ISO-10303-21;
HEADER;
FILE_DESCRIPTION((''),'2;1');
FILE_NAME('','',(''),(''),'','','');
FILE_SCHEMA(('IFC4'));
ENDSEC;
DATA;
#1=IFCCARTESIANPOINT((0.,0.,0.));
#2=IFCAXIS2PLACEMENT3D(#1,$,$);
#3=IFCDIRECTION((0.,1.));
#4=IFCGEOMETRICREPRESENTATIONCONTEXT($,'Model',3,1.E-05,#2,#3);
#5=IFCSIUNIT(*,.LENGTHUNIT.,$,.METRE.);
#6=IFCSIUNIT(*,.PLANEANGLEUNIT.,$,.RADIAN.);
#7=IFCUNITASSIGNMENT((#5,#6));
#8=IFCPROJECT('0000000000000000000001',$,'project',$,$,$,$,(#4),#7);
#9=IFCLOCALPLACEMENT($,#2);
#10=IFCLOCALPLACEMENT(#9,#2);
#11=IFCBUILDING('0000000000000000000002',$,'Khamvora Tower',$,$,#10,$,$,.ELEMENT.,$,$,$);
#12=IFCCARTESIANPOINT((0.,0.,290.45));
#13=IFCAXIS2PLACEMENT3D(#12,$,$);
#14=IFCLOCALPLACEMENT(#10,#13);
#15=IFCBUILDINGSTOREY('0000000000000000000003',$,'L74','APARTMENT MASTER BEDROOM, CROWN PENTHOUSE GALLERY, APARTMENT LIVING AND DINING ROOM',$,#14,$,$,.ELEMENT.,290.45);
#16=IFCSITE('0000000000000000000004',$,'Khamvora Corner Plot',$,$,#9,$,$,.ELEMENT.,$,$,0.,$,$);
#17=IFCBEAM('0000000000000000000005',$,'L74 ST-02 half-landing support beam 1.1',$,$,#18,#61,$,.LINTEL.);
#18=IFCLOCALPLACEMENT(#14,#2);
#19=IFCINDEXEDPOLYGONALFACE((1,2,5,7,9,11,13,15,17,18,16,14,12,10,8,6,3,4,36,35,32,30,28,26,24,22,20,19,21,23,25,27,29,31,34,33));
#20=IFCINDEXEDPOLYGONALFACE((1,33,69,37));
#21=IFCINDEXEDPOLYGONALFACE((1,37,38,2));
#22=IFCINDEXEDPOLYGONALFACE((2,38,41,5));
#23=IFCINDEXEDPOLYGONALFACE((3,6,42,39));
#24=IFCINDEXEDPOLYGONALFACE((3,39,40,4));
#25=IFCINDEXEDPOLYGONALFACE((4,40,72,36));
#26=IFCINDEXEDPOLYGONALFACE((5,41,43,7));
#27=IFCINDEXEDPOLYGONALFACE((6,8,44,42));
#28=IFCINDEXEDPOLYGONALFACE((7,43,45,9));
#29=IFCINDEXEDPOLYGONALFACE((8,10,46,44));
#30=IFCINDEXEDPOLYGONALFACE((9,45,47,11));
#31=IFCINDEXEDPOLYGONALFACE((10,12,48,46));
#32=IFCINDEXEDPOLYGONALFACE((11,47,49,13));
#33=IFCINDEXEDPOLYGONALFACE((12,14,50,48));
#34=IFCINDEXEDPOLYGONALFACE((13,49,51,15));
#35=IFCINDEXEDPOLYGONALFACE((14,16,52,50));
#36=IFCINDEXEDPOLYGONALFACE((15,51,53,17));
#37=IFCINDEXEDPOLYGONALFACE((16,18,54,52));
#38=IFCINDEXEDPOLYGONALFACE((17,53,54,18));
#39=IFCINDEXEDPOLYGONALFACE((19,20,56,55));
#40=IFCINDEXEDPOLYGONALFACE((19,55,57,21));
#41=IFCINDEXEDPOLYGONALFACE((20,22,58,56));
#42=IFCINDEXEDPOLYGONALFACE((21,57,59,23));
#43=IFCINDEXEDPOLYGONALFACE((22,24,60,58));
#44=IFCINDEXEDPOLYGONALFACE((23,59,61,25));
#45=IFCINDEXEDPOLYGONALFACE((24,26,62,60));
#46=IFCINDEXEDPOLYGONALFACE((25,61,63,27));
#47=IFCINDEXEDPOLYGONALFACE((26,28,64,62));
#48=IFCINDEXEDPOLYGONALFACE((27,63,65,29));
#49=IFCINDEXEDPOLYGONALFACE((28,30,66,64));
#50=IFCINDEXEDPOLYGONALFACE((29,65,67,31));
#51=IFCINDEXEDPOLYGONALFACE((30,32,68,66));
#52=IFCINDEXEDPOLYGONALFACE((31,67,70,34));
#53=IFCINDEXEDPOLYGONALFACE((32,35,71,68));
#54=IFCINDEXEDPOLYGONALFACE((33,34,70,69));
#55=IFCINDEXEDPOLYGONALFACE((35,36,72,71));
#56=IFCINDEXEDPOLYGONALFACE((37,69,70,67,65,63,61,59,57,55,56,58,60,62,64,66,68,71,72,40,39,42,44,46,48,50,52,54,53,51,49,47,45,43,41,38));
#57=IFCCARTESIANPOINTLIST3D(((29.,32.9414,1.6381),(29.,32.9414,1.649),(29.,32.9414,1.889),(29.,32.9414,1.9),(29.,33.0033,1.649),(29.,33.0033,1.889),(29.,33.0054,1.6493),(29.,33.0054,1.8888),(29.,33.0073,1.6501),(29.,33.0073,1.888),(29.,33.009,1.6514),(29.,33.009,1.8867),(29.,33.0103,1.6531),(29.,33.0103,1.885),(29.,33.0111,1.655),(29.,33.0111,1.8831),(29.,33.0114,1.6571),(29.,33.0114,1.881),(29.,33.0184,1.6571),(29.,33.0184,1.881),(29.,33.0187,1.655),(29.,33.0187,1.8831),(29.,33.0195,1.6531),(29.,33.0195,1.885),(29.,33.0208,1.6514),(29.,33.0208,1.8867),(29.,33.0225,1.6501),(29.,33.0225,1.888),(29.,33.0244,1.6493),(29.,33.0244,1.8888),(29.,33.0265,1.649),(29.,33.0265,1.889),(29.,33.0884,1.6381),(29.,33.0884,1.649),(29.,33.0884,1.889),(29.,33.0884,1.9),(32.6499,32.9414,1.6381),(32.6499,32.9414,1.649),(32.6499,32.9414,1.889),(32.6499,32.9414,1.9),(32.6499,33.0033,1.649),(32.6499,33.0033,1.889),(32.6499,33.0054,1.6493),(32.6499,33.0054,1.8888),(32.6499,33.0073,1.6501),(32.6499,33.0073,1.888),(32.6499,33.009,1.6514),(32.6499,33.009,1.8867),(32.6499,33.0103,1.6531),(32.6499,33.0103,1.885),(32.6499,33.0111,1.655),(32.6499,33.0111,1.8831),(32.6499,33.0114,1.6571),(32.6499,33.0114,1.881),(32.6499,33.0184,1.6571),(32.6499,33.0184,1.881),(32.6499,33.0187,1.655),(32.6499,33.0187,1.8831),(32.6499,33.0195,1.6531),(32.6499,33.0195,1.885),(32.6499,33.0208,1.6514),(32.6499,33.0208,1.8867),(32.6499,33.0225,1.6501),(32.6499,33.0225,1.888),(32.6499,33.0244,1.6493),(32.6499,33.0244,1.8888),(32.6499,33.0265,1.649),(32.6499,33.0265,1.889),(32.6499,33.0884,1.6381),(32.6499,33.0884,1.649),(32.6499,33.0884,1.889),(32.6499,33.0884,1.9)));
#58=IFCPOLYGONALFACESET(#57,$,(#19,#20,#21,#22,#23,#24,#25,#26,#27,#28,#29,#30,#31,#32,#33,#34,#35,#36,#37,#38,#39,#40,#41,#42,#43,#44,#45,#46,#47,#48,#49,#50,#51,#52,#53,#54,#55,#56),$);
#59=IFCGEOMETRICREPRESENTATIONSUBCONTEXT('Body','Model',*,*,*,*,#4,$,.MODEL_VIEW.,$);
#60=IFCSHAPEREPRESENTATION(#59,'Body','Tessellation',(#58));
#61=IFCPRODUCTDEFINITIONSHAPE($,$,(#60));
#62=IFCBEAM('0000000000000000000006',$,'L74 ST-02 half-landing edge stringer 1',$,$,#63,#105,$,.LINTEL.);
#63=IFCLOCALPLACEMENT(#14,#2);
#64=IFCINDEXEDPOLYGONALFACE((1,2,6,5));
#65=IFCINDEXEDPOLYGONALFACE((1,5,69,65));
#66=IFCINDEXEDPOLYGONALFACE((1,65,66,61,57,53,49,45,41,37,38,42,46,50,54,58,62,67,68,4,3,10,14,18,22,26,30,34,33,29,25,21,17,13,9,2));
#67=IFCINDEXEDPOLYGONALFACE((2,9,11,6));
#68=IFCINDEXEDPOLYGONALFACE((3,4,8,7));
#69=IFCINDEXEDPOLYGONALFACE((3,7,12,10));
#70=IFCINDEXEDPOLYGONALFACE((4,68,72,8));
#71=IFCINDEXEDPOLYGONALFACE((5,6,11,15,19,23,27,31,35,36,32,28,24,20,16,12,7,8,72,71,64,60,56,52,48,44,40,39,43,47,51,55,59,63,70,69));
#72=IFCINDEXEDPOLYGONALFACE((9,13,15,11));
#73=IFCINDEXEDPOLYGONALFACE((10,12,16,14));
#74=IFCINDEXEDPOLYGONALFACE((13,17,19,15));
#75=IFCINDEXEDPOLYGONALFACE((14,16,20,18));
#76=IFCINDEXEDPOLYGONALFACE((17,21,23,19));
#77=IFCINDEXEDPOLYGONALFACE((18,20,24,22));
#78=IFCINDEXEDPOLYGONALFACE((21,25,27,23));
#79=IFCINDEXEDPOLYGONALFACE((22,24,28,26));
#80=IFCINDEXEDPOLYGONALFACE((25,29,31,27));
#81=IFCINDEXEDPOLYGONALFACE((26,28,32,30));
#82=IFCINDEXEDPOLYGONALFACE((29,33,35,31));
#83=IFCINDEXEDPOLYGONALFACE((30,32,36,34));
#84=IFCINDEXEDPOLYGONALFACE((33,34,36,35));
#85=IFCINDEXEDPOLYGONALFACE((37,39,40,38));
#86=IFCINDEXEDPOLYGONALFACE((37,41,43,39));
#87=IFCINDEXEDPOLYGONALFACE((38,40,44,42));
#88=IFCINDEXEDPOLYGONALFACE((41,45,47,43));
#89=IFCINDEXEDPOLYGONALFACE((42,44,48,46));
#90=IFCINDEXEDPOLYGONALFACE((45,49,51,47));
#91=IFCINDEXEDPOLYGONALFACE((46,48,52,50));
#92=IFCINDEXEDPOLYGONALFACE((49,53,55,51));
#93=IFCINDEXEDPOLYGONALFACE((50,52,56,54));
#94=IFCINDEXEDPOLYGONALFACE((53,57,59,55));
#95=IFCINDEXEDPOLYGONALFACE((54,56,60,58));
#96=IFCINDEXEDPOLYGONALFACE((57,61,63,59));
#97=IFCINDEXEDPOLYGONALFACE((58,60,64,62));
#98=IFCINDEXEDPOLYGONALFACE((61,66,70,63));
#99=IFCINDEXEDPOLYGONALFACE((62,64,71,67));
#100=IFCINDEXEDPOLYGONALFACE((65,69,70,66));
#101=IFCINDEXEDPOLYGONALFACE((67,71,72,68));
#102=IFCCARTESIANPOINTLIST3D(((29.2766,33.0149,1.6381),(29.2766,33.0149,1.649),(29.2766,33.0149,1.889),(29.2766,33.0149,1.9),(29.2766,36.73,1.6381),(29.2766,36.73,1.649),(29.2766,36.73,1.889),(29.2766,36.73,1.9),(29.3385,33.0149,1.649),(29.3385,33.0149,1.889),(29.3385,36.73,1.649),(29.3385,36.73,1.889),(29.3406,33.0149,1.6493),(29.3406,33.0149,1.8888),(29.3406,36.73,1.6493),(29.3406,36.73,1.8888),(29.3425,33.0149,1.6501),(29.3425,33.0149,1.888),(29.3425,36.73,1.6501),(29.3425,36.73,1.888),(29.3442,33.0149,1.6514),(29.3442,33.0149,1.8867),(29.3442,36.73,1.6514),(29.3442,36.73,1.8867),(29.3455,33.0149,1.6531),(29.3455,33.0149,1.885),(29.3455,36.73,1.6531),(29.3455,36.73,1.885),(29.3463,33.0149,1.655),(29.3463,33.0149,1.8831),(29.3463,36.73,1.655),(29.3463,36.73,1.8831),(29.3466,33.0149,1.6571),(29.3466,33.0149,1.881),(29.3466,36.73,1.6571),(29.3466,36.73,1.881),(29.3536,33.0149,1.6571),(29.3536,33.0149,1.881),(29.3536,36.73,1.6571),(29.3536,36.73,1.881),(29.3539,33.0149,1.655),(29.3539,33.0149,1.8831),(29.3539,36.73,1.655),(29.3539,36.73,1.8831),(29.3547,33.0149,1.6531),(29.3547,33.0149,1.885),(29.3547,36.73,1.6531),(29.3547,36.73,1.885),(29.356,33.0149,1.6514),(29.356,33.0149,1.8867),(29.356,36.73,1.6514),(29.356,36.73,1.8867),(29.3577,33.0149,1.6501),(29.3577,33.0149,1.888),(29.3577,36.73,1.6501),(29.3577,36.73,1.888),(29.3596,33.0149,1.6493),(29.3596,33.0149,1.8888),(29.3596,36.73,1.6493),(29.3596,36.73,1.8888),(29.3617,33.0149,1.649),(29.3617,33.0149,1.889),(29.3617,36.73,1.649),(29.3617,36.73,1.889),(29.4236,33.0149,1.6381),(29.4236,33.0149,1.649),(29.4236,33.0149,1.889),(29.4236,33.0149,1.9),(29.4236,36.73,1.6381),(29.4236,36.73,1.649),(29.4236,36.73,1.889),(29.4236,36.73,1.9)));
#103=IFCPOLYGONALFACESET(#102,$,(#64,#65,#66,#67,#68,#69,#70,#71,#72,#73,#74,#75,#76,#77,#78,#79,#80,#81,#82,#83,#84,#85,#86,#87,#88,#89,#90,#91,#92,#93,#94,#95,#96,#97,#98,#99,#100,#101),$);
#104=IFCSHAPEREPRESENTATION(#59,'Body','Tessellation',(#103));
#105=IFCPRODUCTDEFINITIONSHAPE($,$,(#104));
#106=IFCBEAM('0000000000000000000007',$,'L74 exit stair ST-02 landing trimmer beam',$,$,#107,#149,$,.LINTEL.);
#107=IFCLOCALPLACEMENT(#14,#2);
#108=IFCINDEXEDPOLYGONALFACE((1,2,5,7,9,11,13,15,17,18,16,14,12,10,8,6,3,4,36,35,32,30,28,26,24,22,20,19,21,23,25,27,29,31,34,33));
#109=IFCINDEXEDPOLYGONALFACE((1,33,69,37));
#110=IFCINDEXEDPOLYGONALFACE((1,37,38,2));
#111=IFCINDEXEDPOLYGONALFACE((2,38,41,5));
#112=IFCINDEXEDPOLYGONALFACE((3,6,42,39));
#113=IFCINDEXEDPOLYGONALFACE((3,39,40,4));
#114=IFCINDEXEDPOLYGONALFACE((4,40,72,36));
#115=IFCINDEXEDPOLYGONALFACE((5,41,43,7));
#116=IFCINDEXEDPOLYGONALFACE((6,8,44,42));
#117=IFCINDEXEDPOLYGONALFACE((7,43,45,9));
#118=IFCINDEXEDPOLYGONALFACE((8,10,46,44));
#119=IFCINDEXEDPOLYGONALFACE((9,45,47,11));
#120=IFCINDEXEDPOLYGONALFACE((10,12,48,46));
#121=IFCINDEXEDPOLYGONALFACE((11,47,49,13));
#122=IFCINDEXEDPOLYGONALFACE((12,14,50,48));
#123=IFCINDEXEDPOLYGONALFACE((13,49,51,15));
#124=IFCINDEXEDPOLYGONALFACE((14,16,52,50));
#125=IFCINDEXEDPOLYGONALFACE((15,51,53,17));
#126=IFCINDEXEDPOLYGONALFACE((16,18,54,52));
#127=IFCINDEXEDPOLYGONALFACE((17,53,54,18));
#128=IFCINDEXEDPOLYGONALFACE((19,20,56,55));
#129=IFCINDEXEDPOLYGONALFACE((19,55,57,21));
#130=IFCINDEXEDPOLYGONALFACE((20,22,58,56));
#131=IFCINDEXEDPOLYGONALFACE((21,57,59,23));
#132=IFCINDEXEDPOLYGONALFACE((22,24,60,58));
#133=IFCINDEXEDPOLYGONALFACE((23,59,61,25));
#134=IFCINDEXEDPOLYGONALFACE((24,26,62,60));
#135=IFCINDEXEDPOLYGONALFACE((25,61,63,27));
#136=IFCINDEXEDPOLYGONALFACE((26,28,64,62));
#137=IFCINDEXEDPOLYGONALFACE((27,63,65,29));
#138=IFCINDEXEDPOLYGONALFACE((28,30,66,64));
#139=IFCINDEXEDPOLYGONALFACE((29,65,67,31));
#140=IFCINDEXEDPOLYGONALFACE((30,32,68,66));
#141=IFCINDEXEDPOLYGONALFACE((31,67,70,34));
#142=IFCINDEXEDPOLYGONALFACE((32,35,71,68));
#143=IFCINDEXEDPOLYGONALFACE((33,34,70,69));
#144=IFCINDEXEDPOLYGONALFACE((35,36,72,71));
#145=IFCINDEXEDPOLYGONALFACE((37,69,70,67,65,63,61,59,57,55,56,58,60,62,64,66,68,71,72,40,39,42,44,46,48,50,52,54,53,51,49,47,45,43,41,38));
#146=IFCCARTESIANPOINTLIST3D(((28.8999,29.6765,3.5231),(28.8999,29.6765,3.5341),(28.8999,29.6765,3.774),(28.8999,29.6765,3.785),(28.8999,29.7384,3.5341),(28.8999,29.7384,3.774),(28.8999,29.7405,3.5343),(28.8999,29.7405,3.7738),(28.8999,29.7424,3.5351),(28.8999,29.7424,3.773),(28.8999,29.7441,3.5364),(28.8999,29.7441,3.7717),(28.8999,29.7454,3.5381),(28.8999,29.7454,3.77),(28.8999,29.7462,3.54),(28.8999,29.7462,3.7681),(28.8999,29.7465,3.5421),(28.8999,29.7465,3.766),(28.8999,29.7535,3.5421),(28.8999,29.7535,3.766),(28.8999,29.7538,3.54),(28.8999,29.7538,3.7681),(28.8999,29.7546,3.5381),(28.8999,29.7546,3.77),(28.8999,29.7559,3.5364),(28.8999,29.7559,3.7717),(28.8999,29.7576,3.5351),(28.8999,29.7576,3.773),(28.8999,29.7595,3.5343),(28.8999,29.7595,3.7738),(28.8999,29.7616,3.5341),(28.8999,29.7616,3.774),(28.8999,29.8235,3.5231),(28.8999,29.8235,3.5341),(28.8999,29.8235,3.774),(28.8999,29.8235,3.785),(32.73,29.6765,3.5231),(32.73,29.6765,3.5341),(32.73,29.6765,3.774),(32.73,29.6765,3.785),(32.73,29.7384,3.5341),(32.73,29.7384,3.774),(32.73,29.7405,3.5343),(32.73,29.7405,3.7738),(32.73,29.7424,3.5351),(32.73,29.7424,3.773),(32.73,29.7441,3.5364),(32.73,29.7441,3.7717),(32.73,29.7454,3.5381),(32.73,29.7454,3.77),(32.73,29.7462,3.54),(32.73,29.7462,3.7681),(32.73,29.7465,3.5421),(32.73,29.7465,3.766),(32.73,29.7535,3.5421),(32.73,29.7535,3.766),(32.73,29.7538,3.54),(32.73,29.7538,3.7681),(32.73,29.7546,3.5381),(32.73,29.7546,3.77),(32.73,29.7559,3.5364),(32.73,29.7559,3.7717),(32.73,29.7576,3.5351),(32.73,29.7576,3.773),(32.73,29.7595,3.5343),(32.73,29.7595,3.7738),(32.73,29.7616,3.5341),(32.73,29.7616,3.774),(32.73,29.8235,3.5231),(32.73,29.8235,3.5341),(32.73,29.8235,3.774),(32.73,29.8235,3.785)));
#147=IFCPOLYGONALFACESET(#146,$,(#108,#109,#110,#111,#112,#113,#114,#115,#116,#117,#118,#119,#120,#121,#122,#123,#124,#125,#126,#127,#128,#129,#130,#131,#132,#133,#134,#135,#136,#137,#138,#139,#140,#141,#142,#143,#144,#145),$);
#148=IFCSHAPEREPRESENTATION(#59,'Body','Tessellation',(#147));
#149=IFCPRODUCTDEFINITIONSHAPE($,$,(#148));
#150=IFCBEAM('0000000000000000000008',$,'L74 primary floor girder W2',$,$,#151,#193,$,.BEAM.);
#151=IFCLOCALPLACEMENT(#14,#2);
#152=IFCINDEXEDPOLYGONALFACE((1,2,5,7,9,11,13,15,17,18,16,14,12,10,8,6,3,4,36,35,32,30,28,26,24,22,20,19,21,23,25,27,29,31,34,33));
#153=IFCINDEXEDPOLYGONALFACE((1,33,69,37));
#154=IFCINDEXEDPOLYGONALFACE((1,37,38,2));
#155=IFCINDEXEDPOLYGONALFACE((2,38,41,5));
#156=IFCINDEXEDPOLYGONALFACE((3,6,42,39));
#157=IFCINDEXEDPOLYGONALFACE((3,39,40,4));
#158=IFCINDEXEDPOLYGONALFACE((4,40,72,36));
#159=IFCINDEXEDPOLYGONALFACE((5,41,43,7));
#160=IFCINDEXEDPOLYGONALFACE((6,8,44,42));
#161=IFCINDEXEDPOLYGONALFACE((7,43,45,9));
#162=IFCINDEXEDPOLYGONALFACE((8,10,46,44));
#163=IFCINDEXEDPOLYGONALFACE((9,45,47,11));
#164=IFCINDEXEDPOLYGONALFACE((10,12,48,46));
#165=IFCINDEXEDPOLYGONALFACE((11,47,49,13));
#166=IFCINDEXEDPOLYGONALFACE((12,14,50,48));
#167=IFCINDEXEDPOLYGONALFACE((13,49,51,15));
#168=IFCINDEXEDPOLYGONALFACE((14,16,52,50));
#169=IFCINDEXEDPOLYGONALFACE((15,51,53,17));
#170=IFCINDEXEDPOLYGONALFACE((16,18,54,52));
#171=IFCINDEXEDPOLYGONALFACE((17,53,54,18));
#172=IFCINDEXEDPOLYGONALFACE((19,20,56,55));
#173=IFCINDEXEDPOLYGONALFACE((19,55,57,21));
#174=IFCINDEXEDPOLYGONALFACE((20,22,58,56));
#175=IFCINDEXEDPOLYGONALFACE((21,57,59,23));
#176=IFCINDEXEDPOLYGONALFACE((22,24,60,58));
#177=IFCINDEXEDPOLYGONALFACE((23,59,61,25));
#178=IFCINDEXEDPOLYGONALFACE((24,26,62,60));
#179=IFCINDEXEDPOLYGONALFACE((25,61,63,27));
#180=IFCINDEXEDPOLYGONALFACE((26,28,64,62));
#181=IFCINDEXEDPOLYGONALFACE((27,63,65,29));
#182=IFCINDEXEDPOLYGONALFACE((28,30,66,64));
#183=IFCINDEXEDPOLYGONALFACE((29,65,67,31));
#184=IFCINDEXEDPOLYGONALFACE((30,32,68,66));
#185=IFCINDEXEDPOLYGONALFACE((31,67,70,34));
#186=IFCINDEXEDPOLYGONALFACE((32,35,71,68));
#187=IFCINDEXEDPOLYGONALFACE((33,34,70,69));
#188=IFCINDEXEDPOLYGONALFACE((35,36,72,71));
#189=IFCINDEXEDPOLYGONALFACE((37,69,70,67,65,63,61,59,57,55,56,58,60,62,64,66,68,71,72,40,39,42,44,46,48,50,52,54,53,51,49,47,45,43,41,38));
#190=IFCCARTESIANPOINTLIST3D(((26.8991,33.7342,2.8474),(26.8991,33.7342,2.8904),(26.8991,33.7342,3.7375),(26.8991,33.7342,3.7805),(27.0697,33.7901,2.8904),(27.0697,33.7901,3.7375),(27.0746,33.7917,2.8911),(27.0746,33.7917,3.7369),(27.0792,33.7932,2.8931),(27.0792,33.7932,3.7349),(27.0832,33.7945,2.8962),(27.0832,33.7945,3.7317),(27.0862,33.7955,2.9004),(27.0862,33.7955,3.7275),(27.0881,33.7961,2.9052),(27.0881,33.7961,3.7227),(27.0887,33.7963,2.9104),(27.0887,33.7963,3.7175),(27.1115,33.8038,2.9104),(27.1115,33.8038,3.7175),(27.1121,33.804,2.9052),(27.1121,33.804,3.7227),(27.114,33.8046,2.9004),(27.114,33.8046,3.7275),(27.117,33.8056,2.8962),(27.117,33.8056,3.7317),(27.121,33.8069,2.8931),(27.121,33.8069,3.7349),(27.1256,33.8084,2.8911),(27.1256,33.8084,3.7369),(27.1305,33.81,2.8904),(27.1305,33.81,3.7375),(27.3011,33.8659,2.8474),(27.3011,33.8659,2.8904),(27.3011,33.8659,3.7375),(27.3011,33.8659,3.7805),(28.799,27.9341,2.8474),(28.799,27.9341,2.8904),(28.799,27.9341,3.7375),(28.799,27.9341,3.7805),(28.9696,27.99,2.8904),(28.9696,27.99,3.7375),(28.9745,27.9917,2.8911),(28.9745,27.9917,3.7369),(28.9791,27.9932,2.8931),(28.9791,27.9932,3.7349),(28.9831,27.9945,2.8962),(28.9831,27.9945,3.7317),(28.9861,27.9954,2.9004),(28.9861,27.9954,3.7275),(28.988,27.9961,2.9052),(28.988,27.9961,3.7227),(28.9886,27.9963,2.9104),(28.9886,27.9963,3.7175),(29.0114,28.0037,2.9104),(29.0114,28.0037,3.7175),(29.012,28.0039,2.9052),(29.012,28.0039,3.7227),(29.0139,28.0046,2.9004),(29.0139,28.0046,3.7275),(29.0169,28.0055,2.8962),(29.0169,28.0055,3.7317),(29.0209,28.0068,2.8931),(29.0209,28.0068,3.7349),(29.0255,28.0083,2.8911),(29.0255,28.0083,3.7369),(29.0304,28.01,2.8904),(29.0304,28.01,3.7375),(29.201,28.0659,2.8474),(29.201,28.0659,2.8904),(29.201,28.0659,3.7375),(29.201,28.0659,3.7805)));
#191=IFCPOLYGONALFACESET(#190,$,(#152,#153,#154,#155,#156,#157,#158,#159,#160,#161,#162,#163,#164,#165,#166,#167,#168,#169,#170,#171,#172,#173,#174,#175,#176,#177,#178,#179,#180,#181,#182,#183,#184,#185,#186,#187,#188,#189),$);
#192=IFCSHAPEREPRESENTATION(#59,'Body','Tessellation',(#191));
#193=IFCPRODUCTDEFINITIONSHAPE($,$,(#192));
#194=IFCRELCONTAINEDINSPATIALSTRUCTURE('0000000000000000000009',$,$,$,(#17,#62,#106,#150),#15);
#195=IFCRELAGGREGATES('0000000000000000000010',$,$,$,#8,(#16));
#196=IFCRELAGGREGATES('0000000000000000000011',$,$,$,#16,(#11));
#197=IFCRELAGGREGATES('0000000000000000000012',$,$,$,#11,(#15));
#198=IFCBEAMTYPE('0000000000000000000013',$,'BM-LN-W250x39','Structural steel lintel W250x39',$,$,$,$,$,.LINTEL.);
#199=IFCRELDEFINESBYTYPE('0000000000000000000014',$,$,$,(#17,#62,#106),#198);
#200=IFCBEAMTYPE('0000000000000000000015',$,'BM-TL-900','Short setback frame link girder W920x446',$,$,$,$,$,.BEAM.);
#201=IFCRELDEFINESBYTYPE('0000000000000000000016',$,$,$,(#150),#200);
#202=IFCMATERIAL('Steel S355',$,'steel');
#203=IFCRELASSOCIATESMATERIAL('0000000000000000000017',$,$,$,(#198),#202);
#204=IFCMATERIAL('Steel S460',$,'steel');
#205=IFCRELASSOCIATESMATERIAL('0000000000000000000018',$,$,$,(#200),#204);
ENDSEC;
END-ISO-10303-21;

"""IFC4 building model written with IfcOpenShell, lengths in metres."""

from ifc_helpers import new_model, si_unit, direction, frame, origin, origin_2d, place, context, subcontext, project, spatial, i_section, extrude, material, material_profile, profile_set, type_object, element, save


model = new_model("IFC4")

# Units and contexts
model_context = context("Model", 3, precision=1e-05, world=origin(), true_north=direction((0.0, 1.0)))
body_context = subcontext(model_context, "Body", "Model", "MODEL_VIEW")
ifc_project = project(units=[si_unit("LENGTHUNIT", "METRE"), si_unit("PLANEANGLEUNIT", "RADIAN")], contexts=[model_context])

# Site, building, storey
site_placement = place(None, origin())
site = spatial("IfcSite", under=ifc_project, at=site_placement, Name="Khamvora Corner Plot", CompositionType="ELEMENT", RefElevation=0.0)
building_placement = place(site_placement, origin())
building = spatial("IfcBuilding", under=site, at=building_placement, Name="Khamvora Tower", CompositionType="ELEMENT")
storey_placement = place(building_placement, frame((0.0, 0.0, 290.45)))
storey = spatial("IfcBuildingStorey", under=building, at=storey_placement, Name="L74", Description="APARTMENT MASTER BEDROOM, CROWN PENTHOUSE GALLERY, APARTMENT LIVING AND DINING ROOM", CompositionType="ELEMENT", Elevation=290.45)

# Beams
ifc_material_1 = material(Name="Steel S355", Category="steel")
ifc_material_profile_1 = material_profile(ifc_material_1, i_section(OverallWidth=0.147, OverallDepth=0.262, WebThickness=0.0071, FlangeThickness=0.011, FilletRadius=0.0081, at=origin_2d()), Name="W250x39")
ifc_profile_set_1 = profile_set([ifc_material_profile_1], Name="Steel S355")
beam_type_1 = type_object("IfcBeamType", Name="BM-LN-W250x39", Description="Structural steel lintel W250x39", PredefinedType="LINTEL", material=ifc_profile_set_1)
beam_1_placement = place(storey_placement, frame((29.0, 33.0149, 1.769), z_axis=(1.0, 0.0, 0.0), x_axis=(0.0, 1.0, 0.0)))
element("IfcBeam", 1, at=beam_1_placement, inside=storey, type_object=beam_type_1, Name="L74 ST-02 half-landing support beam 1.1", PredefinedType="LINTEL", context=body_context, shape_type="SweptSolid", body=[
    extrude(i_section(OverallWidth=0.147, OverallDepth=0.262, WebThickness=0.0071, FlangeThickness=0.011, FilletRadius=0.0081, at=origin_2d()), origin(), (0.0, 0.0, 1.0), 3.6499),
])
beam_2_placement = place(storey_placement, frame((29.3501, 33.0149, 1.769), z_axis=(0.0, 1.0, 0.0), x_axis=(-1.0, 0.0, 0.0)))
element("IfcBeam", 2, at=beam_2_placement, inside=storey, type_object=beam_type_1, Name="L74 ST-02 half-landing edge stringer 1", PredefinedType="LINTEL", context=body_context, shape_type="SweptSolid", body=[
    extrude(i_section(OverallWidth=0.147, OverallDepth=0.262, WebThickness=0.0071, FlangeThickness=0.011, FilletRadius=0.0081, at=origin_2d()), origin(), (0.0, 0.0, 1.0), 3.7151),
])
beam_3_placement = place(storey_placement, frame((28.8999, 29.75, 3.6541), z_axis=(1.0, 0.0, 0.0), x_axis=(0.0, 1.0, 0.0)))
element("IfcBeam", 3, at=beam_3_placement, inside=storey, type_object=beam_type_1, Name="L74 exit stair ST-02 landing trimmer beam", PredefinedType="LINTEL", context=body_context, shape_type="SweptSolid", body=[
    extrude(i_section(OverallWidth=0.147, OverallDepth=0.262, WebThickness=0.0071, FlangeThickness=0.011, FilletRadius=0.0081, at=origin_2d()), origin(), (0.0, 0.0, 1.0), 3.8301),
])
ifc_material_2 = material(Name="Steel S460", Category="steel")
ifc_material_profile_2 = material_profile(ifc_material_2, i_section(OverallWidth=0.4231, OverallDepth=0.9331, WebThickness=0.0239, FlangeThickness=0.043, FilletRadius=0.02, at=origin_2d()), Name="W920x446")
ifc_profile_set_2 = profile_set([ifc_material_profile_2], Name="Steel S460")
beam_type_2 = type_object("IfcBeamType", Name="BM-TL-900", Description="Short setback frame link girder W920x446", PredefinedType="BEAM", material=ifc_profile_set_2)
beam_4_placement = place(storey_placement, frame((29.0, 28.0, 3.314), z_axis=(-0.311291, 0.950315, 0.0), x_axis=(-0.950315, -0.311291, 0.0)))
element("IfcBeam", 4, at=beam_4_placement, inside=storey, type_object=beam_type_2, Name="L74 primary floor girder W2", PredefinedType="BEAM", context=body_context, shape_type="SweptSolid", body=[
    extrude(i_section(OverallWidth=0.4231, OverallDepth=0.9331, WebThickness=0.0239, FlangeThickness=0.043, FilletRadius=0.02, at=origin_2d()), origin(), (0.0, 0.0, 1.0), 6.1033),
])

save(model, "model.ifc")
